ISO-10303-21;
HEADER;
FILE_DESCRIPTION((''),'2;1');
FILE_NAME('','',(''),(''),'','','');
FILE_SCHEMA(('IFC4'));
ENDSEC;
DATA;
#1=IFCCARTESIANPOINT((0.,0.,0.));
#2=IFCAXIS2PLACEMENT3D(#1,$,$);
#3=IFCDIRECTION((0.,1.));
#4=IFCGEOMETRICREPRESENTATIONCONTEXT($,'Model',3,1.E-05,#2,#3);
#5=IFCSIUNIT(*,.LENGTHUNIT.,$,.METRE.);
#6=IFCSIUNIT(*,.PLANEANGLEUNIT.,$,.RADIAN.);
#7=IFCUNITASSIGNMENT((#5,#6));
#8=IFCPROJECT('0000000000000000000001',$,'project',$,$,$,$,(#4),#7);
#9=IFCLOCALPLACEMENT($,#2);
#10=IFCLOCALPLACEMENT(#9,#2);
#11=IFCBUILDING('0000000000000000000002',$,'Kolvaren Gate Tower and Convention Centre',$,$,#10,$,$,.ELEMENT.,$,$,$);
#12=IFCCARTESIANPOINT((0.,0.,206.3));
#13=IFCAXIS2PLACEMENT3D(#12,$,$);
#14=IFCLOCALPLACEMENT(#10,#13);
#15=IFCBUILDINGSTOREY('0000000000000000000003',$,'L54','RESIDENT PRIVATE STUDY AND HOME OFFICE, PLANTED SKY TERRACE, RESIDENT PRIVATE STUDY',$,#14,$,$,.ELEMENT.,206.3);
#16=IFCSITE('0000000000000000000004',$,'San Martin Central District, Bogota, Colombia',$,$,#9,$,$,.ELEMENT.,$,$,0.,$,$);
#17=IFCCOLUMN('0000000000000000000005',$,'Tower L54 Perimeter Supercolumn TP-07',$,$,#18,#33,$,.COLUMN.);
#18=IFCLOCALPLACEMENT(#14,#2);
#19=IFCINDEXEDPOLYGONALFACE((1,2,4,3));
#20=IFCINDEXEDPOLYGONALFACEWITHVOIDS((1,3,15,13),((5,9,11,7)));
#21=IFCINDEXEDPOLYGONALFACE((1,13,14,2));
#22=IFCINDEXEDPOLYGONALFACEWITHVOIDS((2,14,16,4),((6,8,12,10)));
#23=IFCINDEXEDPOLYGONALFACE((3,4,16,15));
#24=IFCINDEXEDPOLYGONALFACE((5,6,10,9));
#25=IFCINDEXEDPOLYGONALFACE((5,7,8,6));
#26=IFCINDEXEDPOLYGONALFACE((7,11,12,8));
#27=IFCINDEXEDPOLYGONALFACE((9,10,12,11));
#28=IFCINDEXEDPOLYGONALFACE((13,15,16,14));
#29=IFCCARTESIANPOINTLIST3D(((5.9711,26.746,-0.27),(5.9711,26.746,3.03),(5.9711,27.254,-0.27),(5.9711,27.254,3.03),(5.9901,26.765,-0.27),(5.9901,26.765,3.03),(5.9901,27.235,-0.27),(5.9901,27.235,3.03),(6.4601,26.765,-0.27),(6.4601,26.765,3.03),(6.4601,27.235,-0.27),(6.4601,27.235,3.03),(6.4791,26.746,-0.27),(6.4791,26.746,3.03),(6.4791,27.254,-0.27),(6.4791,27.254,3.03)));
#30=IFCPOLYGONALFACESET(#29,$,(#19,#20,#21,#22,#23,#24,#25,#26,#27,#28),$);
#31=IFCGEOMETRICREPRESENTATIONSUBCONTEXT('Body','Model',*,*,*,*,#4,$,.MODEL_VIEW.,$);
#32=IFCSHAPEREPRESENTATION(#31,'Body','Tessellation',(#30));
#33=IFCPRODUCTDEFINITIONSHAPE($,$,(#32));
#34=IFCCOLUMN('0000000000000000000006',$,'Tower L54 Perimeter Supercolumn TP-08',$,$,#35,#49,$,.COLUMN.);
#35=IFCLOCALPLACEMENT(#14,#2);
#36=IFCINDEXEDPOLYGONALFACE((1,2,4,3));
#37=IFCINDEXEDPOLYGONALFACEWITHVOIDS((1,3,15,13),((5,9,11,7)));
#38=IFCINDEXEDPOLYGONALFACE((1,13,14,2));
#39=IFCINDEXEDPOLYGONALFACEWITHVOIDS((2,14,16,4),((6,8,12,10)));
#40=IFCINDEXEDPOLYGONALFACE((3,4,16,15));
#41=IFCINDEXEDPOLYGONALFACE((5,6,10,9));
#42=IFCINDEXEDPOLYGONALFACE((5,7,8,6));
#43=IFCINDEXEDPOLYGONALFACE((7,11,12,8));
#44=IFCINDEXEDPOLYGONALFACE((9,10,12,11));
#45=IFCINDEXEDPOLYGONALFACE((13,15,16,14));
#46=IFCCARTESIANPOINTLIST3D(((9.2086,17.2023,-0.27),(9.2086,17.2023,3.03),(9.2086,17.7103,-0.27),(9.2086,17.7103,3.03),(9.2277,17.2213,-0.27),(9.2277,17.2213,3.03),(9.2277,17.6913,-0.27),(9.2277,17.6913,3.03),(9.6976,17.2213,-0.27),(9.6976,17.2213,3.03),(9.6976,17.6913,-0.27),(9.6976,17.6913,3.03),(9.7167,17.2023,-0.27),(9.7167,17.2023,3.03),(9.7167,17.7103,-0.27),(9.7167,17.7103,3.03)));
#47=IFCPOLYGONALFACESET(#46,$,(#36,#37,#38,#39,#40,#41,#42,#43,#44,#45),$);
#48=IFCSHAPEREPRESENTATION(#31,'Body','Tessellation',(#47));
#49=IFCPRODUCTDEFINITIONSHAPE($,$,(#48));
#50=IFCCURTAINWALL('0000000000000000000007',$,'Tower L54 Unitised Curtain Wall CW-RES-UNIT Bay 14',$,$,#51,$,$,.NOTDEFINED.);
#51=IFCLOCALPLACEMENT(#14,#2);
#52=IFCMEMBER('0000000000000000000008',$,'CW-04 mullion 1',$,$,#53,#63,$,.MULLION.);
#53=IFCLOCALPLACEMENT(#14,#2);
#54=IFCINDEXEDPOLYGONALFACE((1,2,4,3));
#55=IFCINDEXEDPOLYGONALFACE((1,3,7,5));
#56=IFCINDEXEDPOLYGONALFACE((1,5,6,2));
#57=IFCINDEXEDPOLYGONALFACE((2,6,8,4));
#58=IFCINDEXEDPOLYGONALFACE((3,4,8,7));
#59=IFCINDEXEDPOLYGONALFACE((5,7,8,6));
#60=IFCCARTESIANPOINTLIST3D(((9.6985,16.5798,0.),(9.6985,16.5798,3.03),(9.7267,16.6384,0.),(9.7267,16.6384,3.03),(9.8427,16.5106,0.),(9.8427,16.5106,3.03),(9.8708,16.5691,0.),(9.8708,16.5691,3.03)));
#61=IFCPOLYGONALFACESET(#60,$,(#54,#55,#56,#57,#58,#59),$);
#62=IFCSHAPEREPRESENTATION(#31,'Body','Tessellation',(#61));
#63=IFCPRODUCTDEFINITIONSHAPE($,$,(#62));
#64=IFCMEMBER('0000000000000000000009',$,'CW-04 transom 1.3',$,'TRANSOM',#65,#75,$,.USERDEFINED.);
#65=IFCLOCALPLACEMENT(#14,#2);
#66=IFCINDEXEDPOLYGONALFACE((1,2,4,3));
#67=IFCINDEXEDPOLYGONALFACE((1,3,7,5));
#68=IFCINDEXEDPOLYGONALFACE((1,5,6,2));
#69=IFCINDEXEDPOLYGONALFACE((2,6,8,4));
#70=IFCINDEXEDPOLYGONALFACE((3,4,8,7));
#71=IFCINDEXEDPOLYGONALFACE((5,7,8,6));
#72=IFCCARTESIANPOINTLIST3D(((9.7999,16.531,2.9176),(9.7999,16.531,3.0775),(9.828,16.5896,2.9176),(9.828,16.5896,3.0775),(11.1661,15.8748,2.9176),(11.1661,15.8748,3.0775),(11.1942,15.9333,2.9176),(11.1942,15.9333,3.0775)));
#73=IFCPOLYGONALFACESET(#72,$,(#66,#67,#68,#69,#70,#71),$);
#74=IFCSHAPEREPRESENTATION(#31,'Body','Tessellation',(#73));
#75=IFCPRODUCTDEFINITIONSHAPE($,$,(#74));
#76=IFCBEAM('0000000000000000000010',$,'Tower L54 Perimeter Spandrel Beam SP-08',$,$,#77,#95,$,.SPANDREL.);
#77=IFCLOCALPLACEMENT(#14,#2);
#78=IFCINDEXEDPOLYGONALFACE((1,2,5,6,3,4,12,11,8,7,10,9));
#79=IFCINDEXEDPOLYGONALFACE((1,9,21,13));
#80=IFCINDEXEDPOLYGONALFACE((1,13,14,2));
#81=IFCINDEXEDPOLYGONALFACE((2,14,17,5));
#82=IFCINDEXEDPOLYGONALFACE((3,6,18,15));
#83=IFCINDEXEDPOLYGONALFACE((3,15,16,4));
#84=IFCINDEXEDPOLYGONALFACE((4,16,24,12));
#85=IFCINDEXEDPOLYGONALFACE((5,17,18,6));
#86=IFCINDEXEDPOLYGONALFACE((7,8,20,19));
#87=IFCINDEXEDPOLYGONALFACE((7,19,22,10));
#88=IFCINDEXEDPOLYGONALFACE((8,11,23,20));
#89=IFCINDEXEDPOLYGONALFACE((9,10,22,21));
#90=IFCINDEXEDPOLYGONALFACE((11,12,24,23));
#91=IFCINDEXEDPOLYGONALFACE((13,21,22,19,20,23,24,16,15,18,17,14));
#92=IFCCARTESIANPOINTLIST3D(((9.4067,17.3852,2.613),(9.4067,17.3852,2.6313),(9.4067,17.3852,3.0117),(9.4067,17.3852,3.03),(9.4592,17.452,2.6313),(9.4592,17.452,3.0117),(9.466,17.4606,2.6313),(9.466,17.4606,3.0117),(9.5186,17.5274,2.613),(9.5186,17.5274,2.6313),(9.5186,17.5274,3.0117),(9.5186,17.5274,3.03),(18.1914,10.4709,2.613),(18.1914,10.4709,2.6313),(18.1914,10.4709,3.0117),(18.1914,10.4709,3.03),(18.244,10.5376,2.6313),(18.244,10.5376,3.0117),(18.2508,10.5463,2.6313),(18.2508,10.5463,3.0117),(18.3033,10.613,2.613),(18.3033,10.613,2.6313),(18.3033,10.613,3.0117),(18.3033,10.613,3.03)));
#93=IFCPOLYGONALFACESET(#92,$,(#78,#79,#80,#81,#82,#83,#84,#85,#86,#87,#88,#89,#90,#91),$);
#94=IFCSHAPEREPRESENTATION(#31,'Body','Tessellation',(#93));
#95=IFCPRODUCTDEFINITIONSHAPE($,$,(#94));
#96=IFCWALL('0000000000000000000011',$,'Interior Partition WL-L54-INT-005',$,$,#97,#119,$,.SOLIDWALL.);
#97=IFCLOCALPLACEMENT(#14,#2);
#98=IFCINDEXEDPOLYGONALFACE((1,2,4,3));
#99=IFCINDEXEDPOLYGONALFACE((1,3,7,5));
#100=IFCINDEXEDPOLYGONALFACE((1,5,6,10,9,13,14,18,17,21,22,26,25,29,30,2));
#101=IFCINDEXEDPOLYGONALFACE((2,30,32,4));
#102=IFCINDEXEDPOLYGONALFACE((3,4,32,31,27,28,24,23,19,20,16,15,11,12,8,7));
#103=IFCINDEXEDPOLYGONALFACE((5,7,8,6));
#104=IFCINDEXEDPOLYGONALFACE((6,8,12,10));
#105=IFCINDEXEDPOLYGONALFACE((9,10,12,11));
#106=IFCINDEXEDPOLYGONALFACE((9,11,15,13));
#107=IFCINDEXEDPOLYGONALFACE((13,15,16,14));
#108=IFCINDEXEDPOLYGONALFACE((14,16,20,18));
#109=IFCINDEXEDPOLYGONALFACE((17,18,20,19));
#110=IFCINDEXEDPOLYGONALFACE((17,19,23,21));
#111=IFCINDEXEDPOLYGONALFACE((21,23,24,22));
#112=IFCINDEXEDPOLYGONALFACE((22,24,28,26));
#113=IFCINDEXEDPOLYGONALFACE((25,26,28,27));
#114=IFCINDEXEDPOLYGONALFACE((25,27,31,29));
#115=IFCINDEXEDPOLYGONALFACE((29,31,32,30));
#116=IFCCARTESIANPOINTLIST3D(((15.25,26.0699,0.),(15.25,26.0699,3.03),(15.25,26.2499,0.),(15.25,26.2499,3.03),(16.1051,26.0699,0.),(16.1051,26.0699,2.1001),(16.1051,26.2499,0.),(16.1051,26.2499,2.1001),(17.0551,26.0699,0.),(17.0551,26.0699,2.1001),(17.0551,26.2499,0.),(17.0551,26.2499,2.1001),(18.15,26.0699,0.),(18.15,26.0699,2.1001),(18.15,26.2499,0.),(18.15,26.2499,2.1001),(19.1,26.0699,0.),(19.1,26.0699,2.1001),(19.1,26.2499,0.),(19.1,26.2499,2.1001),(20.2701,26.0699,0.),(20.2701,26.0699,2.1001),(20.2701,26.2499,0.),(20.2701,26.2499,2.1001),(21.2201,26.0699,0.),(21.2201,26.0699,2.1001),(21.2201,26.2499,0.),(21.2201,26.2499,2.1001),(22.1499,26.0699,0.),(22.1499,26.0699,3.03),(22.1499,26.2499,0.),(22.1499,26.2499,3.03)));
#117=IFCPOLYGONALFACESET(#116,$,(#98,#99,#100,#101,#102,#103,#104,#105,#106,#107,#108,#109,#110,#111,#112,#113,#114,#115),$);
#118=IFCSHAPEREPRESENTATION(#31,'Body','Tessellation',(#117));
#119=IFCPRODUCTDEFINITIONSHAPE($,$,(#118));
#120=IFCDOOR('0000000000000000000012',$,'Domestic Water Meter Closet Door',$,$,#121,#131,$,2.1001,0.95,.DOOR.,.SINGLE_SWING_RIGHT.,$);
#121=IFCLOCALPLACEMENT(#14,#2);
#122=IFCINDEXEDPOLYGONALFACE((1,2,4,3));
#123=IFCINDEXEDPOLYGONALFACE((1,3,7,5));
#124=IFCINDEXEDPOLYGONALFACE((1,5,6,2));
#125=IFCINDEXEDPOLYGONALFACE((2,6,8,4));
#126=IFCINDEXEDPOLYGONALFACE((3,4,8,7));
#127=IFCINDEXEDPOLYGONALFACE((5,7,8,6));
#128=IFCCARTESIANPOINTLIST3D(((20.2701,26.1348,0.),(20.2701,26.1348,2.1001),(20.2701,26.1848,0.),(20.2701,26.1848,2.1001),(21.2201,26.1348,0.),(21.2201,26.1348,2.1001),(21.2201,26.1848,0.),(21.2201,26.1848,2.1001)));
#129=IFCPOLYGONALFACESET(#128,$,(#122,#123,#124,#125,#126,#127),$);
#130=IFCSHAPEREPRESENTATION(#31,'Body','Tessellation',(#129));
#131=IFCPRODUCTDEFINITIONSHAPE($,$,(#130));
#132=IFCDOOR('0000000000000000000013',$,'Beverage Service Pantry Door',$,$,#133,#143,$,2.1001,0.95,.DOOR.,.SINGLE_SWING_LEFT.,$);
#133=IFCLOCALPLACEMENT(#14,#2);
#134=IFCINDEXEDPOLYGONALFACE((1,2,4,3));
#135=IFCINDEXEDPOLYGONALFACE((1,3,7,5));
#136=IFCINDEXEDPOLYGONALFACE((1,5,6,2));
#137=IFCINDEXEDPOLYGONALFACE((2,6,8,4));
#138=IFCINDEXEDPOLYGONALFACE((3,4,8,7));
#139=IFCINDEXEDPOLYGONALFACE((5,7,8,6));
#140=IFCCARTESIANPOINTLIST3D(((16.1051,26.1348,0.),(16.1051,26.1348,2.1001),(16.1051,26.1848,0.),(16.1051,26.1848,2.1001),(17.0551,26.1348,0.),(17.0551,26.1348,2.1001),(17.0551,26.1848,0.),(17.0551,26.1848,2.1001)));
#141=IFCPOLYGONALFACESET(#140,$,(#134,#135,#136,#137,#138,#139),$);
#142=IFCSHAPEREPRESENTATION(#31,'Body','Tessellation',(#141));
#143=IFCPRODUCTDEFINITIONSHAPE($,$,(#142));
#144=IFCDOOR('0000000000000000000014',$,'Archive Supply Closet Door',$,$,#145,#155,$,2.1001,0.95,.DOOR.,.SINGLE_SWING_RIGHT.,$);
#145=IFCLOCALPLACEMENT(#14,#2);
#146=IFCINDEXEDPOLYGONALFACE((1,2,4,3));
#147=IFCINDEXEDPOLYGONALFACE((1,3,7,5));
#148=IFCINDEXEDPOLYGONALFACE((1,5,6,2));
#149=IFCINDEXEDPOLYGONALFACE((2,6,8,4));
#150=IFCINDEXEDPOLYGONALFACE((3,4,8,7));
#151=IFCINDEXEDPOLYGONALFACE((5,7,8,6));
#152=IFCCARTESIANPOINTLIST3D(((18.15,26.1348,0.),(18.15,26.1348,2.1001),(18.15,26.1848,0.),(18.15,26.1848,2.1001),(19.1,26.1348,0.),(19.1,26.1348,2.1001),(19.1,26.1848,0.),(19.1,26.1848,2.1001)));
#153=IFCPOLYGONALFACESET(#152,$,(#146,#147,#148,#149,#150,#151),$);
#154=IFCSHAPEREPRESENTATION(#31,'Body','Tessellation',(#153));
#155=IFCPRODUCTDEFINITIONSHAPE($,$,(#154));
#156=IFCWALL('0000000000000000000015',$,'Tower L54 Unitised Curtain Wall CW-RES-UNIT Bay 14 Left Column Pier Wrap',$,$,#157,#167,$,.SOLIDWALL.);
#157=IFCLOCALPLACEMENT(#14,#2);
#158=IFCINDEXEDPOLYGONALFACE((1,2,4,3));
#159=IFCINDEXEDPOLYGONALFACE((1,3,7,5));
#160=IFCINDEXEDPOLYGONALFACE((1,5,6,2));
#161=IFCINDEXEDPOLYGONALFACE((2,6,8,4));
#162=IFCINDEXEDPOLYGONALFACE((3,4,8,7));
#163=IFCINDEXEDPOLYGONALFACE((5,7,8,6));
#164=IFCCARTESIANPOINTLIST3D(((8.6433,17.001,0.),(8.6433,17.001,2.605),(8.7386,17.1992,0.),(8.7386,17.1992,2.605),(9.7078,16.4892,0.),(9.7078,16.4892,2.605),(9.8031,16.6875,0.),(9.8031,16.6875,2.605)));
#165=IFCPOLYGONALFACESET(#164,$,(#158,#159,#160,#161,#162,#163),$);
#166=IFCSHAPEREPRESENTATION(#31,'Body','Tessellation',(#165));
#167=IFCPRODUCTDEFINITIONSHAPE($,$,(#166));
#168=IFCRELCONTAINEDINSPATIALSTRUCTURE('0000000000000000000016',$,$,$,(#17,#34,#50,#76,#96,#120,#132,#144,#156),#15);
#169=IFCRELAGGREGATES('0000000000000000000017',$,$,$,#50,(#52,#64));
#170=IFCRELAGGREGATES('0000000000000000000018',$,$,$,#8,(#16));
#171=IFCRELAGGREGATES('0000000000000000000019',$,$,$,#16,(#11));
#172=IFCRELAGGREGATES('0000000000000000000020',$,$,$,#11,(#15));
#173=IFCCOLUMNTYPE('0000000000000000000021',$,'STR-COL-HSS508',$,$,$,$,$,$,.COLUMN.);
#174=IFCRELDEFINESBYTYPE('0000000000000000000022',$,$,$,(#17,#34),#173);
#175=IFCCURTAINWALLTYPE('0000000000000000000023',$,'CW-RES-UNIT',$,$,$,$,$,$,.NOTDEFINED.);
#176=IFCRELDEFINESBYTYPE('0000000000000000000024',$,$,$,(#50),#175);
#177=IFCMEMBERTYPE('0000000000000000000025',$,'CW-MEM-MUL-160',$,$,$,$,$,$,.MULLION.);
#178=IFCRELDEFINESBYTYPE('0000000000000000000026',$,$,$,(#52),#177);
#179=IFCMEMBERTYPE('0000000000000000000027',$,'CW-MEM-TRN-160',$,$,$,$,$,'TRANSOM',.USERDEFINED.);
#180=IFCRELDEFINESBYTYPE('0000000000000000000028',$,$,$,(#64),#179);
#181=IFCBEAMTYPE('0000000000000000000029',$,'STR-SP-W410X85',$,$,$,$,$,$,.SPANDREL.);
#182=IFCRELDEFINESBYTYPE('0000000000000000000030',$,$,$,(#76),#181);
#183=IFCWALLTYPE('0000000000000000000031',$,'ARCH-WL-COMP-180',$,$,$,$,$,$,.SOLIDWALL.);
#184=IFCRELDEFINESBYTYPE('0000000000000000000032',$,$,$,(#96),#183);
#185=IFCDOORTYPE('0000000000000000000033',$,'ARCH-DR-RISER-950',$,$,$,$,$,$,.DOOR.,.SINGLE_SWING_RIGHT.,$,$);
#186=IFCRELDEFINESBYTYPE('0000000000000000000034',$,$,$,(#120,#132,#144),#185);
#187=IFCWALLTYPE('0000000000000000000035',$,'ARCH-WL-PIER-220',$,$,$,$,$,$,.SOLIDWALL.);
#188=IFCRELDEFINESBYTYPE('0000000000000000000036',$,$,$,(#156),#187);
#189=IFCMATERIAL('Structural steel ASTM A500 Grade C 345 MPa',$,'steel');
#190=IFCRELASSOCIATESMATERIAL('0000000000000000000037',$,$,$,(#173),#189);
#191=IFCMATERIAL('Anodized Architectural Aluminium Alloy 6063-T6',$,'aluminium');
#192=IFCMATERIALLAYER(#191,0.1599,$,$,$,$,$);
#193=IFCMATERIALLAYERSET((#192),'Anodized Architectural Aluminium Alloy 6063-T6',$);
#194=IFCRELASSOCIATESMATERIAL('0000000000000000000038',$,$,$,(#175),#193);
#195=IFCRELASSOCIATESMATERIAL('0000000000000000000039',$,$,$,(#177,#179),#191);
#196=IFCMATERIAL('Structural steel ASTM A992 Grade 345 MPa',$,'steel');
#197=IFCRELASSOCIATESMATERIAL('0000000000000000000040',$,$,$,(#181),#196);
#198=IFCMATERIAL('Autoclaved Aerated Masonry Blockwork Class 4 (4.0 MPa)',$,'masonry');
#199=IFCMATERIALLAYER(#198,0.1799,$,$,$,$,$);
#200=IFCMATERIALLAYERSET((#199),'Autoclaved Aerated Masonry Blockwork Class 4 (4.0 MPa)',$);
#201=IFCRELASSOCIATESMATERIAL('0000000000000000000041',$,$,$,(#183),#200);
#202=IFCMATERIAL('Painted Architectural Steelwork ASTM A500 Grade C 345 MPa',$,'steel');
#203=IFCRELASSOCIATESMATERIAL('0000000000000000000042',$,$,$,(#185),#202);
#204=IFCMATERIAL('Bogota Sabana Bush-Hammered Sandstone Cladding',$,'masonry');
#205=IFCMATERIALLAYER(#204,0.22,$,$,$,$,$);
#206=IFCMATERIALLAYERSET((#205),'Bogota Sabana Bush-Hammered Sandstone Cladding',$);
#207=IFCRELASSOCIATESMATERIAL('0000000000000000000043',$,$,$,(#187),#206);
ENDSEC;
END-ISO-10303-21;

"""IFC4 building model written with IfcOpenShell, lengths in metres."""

from ifc_helpers import new_model, si_unit, direction, frame, frame_2d, origin, origin_2d, place, context, subcontext, project, spatial, rectangle, hollow_rectangle, i_section, extrude, material, layer, layer_set, material_profile, profile_set, type_object, element, fill, aggregate, save


model = new_model("IFC4")

# Units and contexts
model_context = context("Model", 3, precision=1e-05, world=origin(), true_north=direction((0.0, 1.0)))
body_context = subcontext(model_context, "Body", "Model", "MODEL_VIEW")
ifc_project = project(units=[si_unit("LENGTHUNIT", "METRE"), si_unit("PLANEANGLEUNIT", "RADIAN")], contexts=[model_context])

# Site, building, storey
site_placement = place(None, origin())
site = spatial("IfcSite", under=ifc_project, at=site_placement, Name="San Martin Central District, Bogota, Colombia", CompositionType="ELEMENT", RefElevation=0.0)
building_placement = place(site_placement, origin())
building = spatial("IfcBuilding", under=site, at=building_placement, Name="Kolvaren Gate Tower and Convention Centre", CompositionType="ELEMENT")
storey_placement = place(building_placement, frame((0.0, 0.0, 206.3)))
storey = spatial("IfcBuildingStorey", under=building, at=storey_placement, Name="L54", Description="RESIDENT PRIVATE STUDY AND HOME OFFICE, PLANTED SKY TERRACE, RESIDENT PRIVATE STUDY", CompositionType="ELEMENT", Elevation=206.3)

# Columns
ifc_material_1 = material(Name="Structural steel ASTM A500 Grade C 345 MPa", Category="steel")
ifc_material_profile_1 = material_profile(ifc_material_1, hollow_rectangle(XDim=0.5081, YDim=0.5081, WallThickness=0.019, at=origin_2d()), Name="HSS508X508X19.1")
ifc_profile_set_1 = profile_set([ifc_material_profile_1], Name="Structural steel ASTM A500 Grade C 345 MPa")
column_type = type_object("IfcColumnType", Name="STR-COL-HSS508", PredefinedType="COLUMN", material=ifc_profile_set_1)
for number, where, z_axis, x_axis, name in (
    (1, (6.2251, 27.0, -0.27), (0.0, 0.0, 1.0), (1.0, 0.0, 0.0), "Tower L54 Perimeter Supercolumn TP-07"),
    (2, (9.4626, 17.4563, -0.27), (0.0, 0.0, 1.0), (1.0, 0.0, 0.0), "Tower L54 Perimeter Supercolumn TP-08"),
):
    element("IfcColumn", number, at=place(storey_placement, frame(where, z_axis=z_axis, x_axis=x_axis)), inside=storey, type_object=column_type, Name=name, PredefinedType="COLUMN", context=body_context, shape_type="SweptSolid", body=[
        extrude(hollow_rectangle(XDim=0.5081, YDim=0.5081, WallThickness=0.019, at=origin_2d()), origin(), (0.0, 0.0, 1.0), 3.3),
    ])

# Curtain wall, members
ifc_material_2 = material(Name="Anodized Architectural Aluminium Alloy 6063-T6", Category="aluminium")
ifc_layer_1 = layer(ifc_material_2, 0.1599)
ifc_layer_set_1 = layer_set([ifc_layer_1], Name="Anodized Architectural Aluminium Alloy 6063-T6")
curtain_wall_type = type_object("IfcCurtainWallType", Name="CW-RES-UNIT", PredefinedType="NOTDEFINED", material=ifc_layer_set_1)
curtain_wall_placement = place(storey_placement, origin())
curtain_wall = element("IfcCurtainWall", 3, at=curtain_wall_placement, inside=storey, type_object=curtain_wall_type, Name="Tower L54 Unitised Curtain Wall CW-RES-UNIT Bay 14", PredefinedType="NOTDEFINED")
ifc_material_profile_2 = material_profile(ifc_material_2, rectangle(XDim=0.0649, YDim=0.1599, at=origin_2d()), Name="CW-MEM-MUL-160")
ifc_profile_set_2 = profile_set([ifc_material_profile_2], Name="Anodized Architectural Aluminium Alloy 6063-T6")
member_type_1 = type_object("IfcMemberType", Name="CW-MEM-MUL-160", PredefinedType="MULLION", material=ifc_profile_set_2)
member_1_placement = place(storey_placement, frame((9.7847, 16.5745, 0.0), z_axis=(0.0, 0.0, 1.0), x_axis=(0.433066, 0.901362, 0.0)))
member_1 = element("IfcMember", 4, at=member_1_placement, type_object=member_type_1, Name="CW-04 mullion 1", PredefinedType="MULLION", context=body_context, shape_type="SweptSolid", body=[
    extrude(rectangle(XDim=0.0649, YDim=0.1599, at=origin_2d()), origin(), (0.0, 0.0, 1.0), 3.03),
])
ifc_material_profile_3 = material_profile(ifc_material_2, rectangle(XDim=0.0649, YDim=0.1599, at=origin_2d()), Name="CW-MEM-TRN-160")
ifc_profile_set_3 = profile_set([ifc_material_profile_3], Name="Anodized Architectural Aluminium Alloy 6063-T6")
member_type_2 = type_object("IfcMemberType", Name="CW-MEM-TRN-160", ElementType="TRANSOM", PredefinedType="USERDEFINED", material=ifc_profile_set_3)
member_2_placement = place(storey_placement, frame((9.814, 16.5603, 2.9976), z_axis=(0.901402, -0.432982, 0.0), x_axis=(0.432982, 0.901402, 0.0)))
member_2 = element("IfcMember", 5, at=member_2_placement, type_object=member_type_2, Name="CW-04 transom 1.3", ObjectType="TRANSOM", PredefinedType="USERDEFINED", context=body_context, shape_type="SweptSolid", body=[
    extrude(rectangle(XDim=0.0649, YDim=0.1599, at=origin_2d()), origin(), (0.0, 0.0, 1.0), 1.5156),
])
aggregate(curtain_wall, [member_1, member_2])

# Beam
ifc_material_3 = material(Name="Structural steel ASTM A992 Grade 345 MPa", Category="steel")
ifc_material_profile_4 = material_profile(ifc_material_3, i_section(OverallWidth=0.1809, OverallDepth=0.417, WebThickness=0.011, FlangeThickness=0.0183, at=origin_2d()), Name="W410X85")
ifc_profile_set_4 = profile_set([ifc_material_profile_4], Name="Structural steel ASTM A992 Grade 345 MPa")
beam_type = type_object("IfcBeamType", Name="STR-SP-W410X85", PredefinedType="SPANDREL", material=ifc_profile_set_4)
beam_placement = place(storey_placement, frame((9.4626, 17.4563, 2.8215), z_axis=(0.785794, -0.618489, 0.0), x_axis=(0.618489, 0.785794, 0.0)))
element("IfcBeam", 6, at=beam_placement, inside=storey, type_object=beam_type, Name="Tower L54 Perimeter Spandrel Beam SP-08", PredefinedType="SPANDREL", context=body_context, shape_type="SweptSolid", body=[
    extrude(i_section(OverallWidth=0.1809, OverallDepth=0.417, WebThickness=0.011, FlangeThickness=0.0183, at=origin_2d()), origin(), (0.0, 0.0, 1.0), 11.1794),
])

# Wall, openings, doors
ifc_material_4 = material(Name="Autoclaved Aerated Masonry Blockwork Class 4 (4.0 MPa)", Category="masonry")
ifc_layer_2 = layer(ifc_material_4, 0.1799)
ifc_layer_set_2 = layer_set([ifc_layer_2], Name="Autoclaved Aerated Masonry Blockwork Class 4 (4.0 MPa)")
wall_type_1 = type_object("IfcWallType", Name="ARCH-WL-COMP-180", PredefinedType="SOLIDWALL", material=ifc_layer_set_2)
wall_1_placement = place(storey_placement, frame((15.25, 26.1599, 0.0), z_axis=(0.0, 0.0, 1.0), x_axis=(1.0, 0.0, 0.0)))
wall_1 = element("IfcWall", 7, at=wall_1_placement, inside=storey, type_object=wall_type_1, Name="Interior Partition WL-L54-INT-005", PredefinedType="SOLIDWALL", context=body_context, shape_type="SweptSolid", body=[
    extrude(rectangle(XDim=6.8999, YDim=0.1799, at=frame_2d((3.45, 0.0))), origin(), (0.0, 0.0, 1.0), 3.03),
])
opening_1_placement = place(wall_1_placement, frame((5.02, 0.0, 0.0)))
opening_1 = element("IfcOpeningElement", 8, at=opening_1_placement, cuts=wall_1, PredefinedType="OPENING", context=body_context, shape_type="SweptSolid", body=[
    extrude(rectangle(XDim=0.95, YDim=2.1001, at=frame_2d((0.4751, 1.05))), frame((0.0, 0.0999, 0.0), z_axis=(0.0, -1.0, 0.0), x_axis=(1.0, 0.0, 0.0)), (0.0, 0.0, 1.0), 0.2),
])
opening_2_placement = place(wall_1_placement, frame((0.855, 0.0, 0.0)))
opening_2 = element("IfcOpeningElement", 9, at=opening_2_placement, cuts=wall_1, PredefinedType="OPENING", context=body_context, shape_type="SweptSolid", body=[
    extrude(rectangle(XDim=0.95, YDim=2.1001, at=frame_2d((0.4751, 1.05))), frame((0.0, 0.0999, 0.0), z_axis=(0.0, -1.0, 0.0), x_axis=(1.0, 0.0, 0.0)), (0.0, 0.0, 1.0), 0.2),
])
opening_3_placement = place(wall_1_placement, frame((2.8999, 0.0, 0.0)))
opening_3 = element("IfcOpeningElement", 10, at=opening_3_placement, cuts=wall_1, PredefinedType="OPENING", context=body_context, shape_type="SweptSolid", body=[
    extrude(rectangle(XDim=0.95, YDim=2.1001, at=frame_2d((0.4751, 1.05))), frame((0.0, 0.0999, 0.0), z_axis=(0.0, -1.0, 0.0), x_axis=(1.0, 0.0, 0.0)), (0.0, 0.0, 1.0), 0.2),
])
ifc_material_5 = material(Name="Painted Architectural Steelwork ASTM A500 Grade C 345 MPa", Category="steel")
door_type_1 = type_object("IfcDoorType", Name="ARCH-DR-RISER-950", OperationType="SINGLE_SWING_RIGHT", PredefinedType="DOOR", material=ifc_material_5)
door_1_placement = place(opening_1_placement, origin())
door_1 = element("IfcDoor", 11, at=door_1_placement, inside=storey, type_object=door_type_1, Name="Domestic Water Meter Closet Door", OperationType="SINGLE_SWING_RIGHT", OverallHeight=2.1001, OverallWidth=0.95, PredefinedType="DOOR", context=body_context, shape_type="SweptSolid", body=[
    extrude(rectangle(XDim=0.95, YDim=2.1001, at=frame_2d((0.4751, 1.05))), frame((0.0, 0.0249, 0.0), z_axis=(0.0, -1.0, 0.0), x_axis=(1.0, 0.0, 0.0)), (0.0, 0.0, 1.0), 0.05),
])
fill(opening_1, door_1)
door_2_placement = place(opening_2_placement, origin())
door_2 = element("IfcDoor", 12, at=door_2_placement, inside=storey, type_object=door_type_1, Name="Beverage Service Pantry Door", OperationType="SINGLE_SWING_LEFT", OverallHeight=2.1001, OverallWidth=0.95, PredefinedType="DOOR", context=body_context, shape_type="SweptSolid", body=[
    extrude(rectangle(XDim=0.95, YDim=2.1001, at=frame_2d((0.4751, 1.05))), frame((0.0, 0.0249, 0.0), z_axis=(0.0, -1.0, 0.0), x_axis=(1.0, 0.0, 0.0)), (0.0, 0.0, 1.0), 0.05),
])
fill(opening_2, door_2)
door_3_placement = place(opening_3_placement, origin())
door_3 = element("IfcDoor", 13, at=door_3_placement, inside=storey, type_object=door_type_1, Name="Archive Supply Closet Door", OperationType="SINGLE_SWING_RIGHT", OverallHeight=2.1001, OverallWidth=0.95, PredefinedType="DOOR", context=body_context, shape_type="SweptSolid", body=[
    extrude(rectangle(XDim=0.95, YDim=2.1001, at=frame_2d((0.4751, 1.05))), frame((0.0, 0.0249, 0.0), z_axis=(0.0, -1.0, 0.0), x_axis=(1.0, 0.0, 0.0)), (0.0, 0.0, 1.0), 0.05),
])
fill(opening_3, door_3)

# Wall
ifc_material_6 = material(Name="Bogota Sabana Bush-Hammered Sandstone Cladding", Category="masonry")
ifc_layer_3 = layer(ifc_material_6, 0.22)
ifc_layer_set_3 = layer_set([ifc_layer_3], Name="Bogota Sabana Bush-Hammered Sandstone Cladding")
wall_type_2 = type_object("IfcWallType", Name="ARCH-WL-PIER-220", PredefinedType="SOLIDWALL", material=ifc_layer_set_3)
wall_2_placement = place(storey_placement, frame((8.6909, 17.1001, 0.0), z_axis=(0.0, 0.0, 1.0), x_axis=(0.901265, -0.433269, 0.0)))
element("IfcWall", 14, at=wall_2_placement, inside=storey, type_object=wall_type_2, Name="Tower L54 Unitised Curtain Wall CW-RES-UNIT Bay 14 Left Column Pier Wrap", PredefinedType="SOLIDWALL", context=body_context, shape_type="SweptSolid", body=[
    extrude(rectangle(XDim=1.1812, YDim=0.22, at=frame_2d((0.5906, 0.0))), origin(), (0.0, 0.0, 1.0), 2.605),
])

save(model, "model.ifc")
